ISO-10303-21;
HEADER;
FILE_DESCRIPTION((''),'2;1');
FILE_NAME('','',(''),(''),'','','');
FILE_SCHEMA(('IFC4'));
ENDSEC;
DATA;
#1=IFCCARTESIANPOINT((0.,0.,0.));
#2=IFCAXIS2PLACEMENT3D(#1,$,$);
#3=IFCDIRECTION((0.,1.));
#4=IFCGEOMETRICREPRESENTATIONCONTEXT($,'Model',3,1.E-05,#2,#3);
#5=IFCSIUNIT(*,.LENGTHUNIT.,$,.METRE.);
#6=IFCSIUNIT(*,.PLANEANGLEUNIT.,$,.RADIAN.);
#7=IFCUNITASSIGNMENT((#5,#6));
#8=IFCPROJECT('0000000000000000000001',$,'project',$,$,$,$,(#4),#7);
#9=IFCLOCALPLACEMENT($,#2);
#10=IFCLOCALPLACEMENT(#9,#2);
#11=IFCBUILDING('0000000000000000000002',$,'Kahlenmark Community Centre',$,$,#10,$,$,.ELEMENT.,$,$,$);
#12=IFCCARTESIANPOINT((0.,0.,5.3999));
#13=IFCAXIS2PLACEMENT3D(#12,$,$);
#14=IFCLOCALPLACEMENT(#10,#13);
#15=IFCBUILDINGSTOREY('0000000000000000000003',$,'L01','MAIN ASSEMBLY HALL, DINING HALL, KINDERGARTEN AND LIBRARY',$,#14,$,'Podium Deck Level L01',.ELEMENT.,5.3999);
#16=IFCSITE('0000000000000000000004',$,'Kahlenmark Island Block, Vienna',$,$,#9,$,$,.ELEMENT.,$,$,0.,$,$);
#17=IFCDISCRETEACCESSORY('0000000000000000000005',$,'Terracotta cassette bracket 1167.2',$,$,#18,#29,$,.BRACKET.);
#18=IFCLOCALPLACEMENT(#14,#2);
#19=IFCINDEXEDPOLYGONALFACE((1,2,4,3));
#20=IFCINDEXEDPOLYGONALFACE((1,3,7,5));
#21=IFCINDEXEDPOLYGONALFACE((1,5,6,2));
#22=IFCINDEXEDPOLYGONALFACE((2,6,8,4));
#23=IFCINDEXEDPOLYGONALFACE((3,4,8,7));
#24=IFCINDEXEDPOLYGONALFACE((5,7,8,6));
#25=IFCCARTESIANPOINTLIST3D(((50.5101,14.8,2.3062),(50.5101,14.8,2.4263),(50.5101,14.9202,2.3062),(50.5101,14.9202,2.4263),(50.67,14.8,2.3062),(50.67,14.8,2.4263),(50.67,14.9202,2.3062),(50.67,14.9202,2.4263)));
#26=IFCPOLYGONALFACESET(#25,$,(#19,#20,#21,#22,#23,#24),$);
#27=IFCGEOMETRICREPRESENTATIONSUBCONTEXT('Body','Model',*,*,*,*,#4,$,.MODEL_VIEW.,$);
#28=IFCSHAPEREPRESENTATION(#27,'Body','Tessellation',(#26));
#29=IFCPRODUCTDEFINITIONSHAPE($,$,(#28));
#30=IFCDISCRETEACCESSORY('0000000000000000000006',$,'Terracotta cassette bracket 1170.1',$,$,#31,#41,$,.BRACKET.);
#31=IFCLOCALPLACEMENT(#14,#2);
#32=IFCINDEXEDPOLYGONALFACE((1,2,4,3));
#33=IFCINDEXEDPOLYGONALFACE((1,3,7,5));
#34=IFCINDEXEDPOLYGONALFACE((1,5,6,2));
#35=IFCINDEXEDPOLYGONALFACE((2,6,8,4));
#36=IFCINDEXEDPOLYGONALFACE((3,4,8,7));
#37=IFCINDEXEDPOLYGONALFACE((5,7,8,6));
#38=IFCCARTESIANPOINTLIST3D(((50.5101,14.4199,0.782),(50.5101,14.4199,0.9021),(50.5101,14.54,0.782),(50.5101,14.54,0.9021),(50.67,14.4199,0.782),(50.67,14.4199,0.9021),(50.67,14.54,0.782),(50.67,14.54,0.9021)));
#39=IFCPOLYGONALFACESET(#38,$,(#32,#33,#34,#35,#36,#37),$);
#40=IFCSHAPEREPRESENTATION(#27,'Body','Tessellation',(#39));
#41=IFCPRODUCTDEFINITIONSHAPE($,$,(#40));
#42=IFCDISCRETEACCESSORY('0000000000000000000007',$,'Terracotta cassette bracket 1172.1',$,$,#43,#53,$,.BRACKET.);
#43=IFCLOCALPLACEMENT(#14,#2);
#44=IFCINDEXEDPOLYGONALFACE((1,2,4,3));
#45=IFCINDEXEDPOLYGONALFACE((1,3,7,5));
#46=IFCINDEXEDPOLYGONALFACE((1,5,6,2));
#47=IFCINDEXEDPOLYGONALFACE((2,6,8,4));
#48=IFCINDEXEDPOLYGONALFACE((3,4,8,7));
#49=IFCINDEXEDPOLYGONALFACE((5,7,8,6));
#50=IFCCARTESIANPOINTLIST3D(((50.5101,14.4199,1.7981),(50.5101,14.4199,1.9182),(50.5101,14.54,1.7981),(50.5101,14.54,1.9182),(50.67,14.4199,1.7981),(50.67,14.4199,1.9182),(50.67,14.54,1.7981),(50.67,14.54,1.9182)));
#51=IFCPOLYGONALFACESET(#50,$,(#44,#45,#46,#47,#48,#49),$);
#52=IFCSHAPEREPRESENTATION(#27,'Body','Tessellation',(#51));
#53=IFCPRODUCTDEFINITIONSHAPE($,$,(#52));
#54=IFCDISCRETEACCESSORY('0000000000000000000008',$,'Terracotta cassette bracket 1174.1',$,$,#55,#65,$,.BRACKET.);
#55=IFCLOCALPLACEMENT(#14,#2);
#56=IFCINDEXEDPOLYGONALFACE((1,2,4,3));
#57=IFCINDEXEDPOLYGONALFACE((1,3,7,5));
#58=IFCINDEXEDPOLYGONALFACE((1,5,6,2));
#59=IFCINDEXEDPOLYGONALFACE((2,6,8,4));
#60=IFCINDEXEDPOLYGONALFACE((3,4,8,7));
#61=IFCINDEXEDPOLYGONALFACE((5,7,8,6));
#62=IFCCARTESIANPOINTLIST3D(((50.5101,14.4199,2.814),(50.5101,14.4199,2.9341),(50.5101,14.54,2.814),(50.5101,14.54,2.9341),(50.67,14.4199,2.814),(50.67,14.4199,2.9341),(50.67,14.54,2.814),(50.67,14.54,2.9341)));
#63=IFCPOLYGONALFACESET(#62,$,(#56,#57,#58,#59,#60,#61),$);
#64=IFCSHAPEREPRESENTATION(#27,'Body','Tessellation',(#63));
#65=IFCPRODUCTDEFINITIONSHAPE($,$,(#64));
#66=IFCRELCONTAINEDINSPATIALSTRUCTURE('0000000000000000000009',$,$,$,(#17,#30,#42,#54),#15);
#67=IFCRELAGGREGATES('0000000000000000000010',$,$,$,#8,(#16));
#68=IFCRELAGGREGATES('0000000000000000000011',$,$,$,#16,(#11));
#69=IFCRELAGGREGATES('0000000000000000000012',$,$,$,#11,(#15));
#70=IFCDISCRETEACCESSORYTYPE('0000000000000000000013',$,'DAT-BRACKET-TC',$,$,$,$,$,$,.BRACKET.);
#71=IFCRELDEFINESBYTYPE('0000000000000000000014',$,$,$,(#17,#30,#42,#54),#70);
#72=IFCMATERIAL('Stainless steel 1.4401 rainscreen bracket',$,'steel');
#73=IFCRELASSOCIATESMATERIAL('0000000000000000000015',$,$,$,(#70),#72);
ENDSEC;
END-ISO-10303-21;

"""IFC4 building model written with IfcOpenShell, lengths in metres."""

from ifc_helpers import new_model, si_unit, direction, frame, origin, origin_2d, place, context, subcontext, project, spatial, rectangle, extrude, material, type_object, element, save


model = new_model("IFC4")

# Units and contexts
model_context = context("Model", 3, precision=1e-05, world=origin(), true_north=direction((0.0, 1.0)))
body_context = subcontext(model_context, "Body", "Model", "MODEL_VIEW")
ifc_project = project(units=[si_unit("LENGTHUNIT", "METRE"), si_unit("PLANEANGLEUNIT", "RADIAN")], contexts=[model_context])

# Site, building, storey
site_placement = place(None, origin())
site = spatial("IfcSite", under=ifc_project, at=site_placement, Name="Kahlenmark Island Block, Vienna", CompositionType="ELEMENT", RefElevation=0.0)
building_placement = place(site_placement, origin())
building = spatial("IfcBuilding", under=site, at=building_placement, Name="Kahlenmark Community Centre", CompositionType="ELEMENT")
storey_placement = place(building_placement, frame((0.0, 0.0, 5.3999)))
storey = spatial("IfcBuildingStorey", under=building, at=storey_placement, Name="L01", Description="MAIN ASSEMBLY HALL, DINING HALL, KINDERGARTEN AND LIBRARY", LongName="Podium Deck Level L01", CompositionType="ELEMENT", Elevation=5.3999)

# Discrete accessories
ifc_material_1 = material(Name="Stainless steel 1.4401 rainscreen bracket", Category="steel")
discrete_accessory_type = type_object("IfcDiscreteAccessoryType", Name="DAT-BRACKET-TC", PredefinedType="BRACKET", material=ifc_material_1)
for number, where, z_axis, x_axis, name in (
    (1, (50.5901, 14.8601, 2.3062), (0.0, 0.0, 1.0), (0.0, -1.0, 0.0), "Terracotta cassette bracket 1167.2"),
    (2, (50.5901, 14.48, 0.782), (0.0, 0.0, 1.0), (0.0, -1.0, 0.0), "Terracotta cassette bracket 1170.1"),
    (3, (50.5901, 14.48, 1.7981), (0.0, 0.0, 1.0), (0.0, -1.0, 0.0), "Terracotta cassette bracket 1172.1"),
    (4, (50.5901, 14.48, 2.814), (0.0, 0.0, 1.0), (0.0, -1.0, 0.0), "Terracotta cassette bracket 1174.1"),
):
    element("IfcDiscreteAccessory", number, at=place(storey_placement, frame(where, z_axis=z_axis, x_axis=x_axis)), inside=storey, type_object=discrete_accessory_type, Name=name, PredefinedType="BRACKET", context=body_context, shape_type="SweptSolid", body=[
        extrude(rectangle(XDim=0.1201, YDim=0.1599, at=origin_2d()), origin(), (0.0, 0.0, 1.0), 0.1201),
    ])

save(model, "model.ifc")
